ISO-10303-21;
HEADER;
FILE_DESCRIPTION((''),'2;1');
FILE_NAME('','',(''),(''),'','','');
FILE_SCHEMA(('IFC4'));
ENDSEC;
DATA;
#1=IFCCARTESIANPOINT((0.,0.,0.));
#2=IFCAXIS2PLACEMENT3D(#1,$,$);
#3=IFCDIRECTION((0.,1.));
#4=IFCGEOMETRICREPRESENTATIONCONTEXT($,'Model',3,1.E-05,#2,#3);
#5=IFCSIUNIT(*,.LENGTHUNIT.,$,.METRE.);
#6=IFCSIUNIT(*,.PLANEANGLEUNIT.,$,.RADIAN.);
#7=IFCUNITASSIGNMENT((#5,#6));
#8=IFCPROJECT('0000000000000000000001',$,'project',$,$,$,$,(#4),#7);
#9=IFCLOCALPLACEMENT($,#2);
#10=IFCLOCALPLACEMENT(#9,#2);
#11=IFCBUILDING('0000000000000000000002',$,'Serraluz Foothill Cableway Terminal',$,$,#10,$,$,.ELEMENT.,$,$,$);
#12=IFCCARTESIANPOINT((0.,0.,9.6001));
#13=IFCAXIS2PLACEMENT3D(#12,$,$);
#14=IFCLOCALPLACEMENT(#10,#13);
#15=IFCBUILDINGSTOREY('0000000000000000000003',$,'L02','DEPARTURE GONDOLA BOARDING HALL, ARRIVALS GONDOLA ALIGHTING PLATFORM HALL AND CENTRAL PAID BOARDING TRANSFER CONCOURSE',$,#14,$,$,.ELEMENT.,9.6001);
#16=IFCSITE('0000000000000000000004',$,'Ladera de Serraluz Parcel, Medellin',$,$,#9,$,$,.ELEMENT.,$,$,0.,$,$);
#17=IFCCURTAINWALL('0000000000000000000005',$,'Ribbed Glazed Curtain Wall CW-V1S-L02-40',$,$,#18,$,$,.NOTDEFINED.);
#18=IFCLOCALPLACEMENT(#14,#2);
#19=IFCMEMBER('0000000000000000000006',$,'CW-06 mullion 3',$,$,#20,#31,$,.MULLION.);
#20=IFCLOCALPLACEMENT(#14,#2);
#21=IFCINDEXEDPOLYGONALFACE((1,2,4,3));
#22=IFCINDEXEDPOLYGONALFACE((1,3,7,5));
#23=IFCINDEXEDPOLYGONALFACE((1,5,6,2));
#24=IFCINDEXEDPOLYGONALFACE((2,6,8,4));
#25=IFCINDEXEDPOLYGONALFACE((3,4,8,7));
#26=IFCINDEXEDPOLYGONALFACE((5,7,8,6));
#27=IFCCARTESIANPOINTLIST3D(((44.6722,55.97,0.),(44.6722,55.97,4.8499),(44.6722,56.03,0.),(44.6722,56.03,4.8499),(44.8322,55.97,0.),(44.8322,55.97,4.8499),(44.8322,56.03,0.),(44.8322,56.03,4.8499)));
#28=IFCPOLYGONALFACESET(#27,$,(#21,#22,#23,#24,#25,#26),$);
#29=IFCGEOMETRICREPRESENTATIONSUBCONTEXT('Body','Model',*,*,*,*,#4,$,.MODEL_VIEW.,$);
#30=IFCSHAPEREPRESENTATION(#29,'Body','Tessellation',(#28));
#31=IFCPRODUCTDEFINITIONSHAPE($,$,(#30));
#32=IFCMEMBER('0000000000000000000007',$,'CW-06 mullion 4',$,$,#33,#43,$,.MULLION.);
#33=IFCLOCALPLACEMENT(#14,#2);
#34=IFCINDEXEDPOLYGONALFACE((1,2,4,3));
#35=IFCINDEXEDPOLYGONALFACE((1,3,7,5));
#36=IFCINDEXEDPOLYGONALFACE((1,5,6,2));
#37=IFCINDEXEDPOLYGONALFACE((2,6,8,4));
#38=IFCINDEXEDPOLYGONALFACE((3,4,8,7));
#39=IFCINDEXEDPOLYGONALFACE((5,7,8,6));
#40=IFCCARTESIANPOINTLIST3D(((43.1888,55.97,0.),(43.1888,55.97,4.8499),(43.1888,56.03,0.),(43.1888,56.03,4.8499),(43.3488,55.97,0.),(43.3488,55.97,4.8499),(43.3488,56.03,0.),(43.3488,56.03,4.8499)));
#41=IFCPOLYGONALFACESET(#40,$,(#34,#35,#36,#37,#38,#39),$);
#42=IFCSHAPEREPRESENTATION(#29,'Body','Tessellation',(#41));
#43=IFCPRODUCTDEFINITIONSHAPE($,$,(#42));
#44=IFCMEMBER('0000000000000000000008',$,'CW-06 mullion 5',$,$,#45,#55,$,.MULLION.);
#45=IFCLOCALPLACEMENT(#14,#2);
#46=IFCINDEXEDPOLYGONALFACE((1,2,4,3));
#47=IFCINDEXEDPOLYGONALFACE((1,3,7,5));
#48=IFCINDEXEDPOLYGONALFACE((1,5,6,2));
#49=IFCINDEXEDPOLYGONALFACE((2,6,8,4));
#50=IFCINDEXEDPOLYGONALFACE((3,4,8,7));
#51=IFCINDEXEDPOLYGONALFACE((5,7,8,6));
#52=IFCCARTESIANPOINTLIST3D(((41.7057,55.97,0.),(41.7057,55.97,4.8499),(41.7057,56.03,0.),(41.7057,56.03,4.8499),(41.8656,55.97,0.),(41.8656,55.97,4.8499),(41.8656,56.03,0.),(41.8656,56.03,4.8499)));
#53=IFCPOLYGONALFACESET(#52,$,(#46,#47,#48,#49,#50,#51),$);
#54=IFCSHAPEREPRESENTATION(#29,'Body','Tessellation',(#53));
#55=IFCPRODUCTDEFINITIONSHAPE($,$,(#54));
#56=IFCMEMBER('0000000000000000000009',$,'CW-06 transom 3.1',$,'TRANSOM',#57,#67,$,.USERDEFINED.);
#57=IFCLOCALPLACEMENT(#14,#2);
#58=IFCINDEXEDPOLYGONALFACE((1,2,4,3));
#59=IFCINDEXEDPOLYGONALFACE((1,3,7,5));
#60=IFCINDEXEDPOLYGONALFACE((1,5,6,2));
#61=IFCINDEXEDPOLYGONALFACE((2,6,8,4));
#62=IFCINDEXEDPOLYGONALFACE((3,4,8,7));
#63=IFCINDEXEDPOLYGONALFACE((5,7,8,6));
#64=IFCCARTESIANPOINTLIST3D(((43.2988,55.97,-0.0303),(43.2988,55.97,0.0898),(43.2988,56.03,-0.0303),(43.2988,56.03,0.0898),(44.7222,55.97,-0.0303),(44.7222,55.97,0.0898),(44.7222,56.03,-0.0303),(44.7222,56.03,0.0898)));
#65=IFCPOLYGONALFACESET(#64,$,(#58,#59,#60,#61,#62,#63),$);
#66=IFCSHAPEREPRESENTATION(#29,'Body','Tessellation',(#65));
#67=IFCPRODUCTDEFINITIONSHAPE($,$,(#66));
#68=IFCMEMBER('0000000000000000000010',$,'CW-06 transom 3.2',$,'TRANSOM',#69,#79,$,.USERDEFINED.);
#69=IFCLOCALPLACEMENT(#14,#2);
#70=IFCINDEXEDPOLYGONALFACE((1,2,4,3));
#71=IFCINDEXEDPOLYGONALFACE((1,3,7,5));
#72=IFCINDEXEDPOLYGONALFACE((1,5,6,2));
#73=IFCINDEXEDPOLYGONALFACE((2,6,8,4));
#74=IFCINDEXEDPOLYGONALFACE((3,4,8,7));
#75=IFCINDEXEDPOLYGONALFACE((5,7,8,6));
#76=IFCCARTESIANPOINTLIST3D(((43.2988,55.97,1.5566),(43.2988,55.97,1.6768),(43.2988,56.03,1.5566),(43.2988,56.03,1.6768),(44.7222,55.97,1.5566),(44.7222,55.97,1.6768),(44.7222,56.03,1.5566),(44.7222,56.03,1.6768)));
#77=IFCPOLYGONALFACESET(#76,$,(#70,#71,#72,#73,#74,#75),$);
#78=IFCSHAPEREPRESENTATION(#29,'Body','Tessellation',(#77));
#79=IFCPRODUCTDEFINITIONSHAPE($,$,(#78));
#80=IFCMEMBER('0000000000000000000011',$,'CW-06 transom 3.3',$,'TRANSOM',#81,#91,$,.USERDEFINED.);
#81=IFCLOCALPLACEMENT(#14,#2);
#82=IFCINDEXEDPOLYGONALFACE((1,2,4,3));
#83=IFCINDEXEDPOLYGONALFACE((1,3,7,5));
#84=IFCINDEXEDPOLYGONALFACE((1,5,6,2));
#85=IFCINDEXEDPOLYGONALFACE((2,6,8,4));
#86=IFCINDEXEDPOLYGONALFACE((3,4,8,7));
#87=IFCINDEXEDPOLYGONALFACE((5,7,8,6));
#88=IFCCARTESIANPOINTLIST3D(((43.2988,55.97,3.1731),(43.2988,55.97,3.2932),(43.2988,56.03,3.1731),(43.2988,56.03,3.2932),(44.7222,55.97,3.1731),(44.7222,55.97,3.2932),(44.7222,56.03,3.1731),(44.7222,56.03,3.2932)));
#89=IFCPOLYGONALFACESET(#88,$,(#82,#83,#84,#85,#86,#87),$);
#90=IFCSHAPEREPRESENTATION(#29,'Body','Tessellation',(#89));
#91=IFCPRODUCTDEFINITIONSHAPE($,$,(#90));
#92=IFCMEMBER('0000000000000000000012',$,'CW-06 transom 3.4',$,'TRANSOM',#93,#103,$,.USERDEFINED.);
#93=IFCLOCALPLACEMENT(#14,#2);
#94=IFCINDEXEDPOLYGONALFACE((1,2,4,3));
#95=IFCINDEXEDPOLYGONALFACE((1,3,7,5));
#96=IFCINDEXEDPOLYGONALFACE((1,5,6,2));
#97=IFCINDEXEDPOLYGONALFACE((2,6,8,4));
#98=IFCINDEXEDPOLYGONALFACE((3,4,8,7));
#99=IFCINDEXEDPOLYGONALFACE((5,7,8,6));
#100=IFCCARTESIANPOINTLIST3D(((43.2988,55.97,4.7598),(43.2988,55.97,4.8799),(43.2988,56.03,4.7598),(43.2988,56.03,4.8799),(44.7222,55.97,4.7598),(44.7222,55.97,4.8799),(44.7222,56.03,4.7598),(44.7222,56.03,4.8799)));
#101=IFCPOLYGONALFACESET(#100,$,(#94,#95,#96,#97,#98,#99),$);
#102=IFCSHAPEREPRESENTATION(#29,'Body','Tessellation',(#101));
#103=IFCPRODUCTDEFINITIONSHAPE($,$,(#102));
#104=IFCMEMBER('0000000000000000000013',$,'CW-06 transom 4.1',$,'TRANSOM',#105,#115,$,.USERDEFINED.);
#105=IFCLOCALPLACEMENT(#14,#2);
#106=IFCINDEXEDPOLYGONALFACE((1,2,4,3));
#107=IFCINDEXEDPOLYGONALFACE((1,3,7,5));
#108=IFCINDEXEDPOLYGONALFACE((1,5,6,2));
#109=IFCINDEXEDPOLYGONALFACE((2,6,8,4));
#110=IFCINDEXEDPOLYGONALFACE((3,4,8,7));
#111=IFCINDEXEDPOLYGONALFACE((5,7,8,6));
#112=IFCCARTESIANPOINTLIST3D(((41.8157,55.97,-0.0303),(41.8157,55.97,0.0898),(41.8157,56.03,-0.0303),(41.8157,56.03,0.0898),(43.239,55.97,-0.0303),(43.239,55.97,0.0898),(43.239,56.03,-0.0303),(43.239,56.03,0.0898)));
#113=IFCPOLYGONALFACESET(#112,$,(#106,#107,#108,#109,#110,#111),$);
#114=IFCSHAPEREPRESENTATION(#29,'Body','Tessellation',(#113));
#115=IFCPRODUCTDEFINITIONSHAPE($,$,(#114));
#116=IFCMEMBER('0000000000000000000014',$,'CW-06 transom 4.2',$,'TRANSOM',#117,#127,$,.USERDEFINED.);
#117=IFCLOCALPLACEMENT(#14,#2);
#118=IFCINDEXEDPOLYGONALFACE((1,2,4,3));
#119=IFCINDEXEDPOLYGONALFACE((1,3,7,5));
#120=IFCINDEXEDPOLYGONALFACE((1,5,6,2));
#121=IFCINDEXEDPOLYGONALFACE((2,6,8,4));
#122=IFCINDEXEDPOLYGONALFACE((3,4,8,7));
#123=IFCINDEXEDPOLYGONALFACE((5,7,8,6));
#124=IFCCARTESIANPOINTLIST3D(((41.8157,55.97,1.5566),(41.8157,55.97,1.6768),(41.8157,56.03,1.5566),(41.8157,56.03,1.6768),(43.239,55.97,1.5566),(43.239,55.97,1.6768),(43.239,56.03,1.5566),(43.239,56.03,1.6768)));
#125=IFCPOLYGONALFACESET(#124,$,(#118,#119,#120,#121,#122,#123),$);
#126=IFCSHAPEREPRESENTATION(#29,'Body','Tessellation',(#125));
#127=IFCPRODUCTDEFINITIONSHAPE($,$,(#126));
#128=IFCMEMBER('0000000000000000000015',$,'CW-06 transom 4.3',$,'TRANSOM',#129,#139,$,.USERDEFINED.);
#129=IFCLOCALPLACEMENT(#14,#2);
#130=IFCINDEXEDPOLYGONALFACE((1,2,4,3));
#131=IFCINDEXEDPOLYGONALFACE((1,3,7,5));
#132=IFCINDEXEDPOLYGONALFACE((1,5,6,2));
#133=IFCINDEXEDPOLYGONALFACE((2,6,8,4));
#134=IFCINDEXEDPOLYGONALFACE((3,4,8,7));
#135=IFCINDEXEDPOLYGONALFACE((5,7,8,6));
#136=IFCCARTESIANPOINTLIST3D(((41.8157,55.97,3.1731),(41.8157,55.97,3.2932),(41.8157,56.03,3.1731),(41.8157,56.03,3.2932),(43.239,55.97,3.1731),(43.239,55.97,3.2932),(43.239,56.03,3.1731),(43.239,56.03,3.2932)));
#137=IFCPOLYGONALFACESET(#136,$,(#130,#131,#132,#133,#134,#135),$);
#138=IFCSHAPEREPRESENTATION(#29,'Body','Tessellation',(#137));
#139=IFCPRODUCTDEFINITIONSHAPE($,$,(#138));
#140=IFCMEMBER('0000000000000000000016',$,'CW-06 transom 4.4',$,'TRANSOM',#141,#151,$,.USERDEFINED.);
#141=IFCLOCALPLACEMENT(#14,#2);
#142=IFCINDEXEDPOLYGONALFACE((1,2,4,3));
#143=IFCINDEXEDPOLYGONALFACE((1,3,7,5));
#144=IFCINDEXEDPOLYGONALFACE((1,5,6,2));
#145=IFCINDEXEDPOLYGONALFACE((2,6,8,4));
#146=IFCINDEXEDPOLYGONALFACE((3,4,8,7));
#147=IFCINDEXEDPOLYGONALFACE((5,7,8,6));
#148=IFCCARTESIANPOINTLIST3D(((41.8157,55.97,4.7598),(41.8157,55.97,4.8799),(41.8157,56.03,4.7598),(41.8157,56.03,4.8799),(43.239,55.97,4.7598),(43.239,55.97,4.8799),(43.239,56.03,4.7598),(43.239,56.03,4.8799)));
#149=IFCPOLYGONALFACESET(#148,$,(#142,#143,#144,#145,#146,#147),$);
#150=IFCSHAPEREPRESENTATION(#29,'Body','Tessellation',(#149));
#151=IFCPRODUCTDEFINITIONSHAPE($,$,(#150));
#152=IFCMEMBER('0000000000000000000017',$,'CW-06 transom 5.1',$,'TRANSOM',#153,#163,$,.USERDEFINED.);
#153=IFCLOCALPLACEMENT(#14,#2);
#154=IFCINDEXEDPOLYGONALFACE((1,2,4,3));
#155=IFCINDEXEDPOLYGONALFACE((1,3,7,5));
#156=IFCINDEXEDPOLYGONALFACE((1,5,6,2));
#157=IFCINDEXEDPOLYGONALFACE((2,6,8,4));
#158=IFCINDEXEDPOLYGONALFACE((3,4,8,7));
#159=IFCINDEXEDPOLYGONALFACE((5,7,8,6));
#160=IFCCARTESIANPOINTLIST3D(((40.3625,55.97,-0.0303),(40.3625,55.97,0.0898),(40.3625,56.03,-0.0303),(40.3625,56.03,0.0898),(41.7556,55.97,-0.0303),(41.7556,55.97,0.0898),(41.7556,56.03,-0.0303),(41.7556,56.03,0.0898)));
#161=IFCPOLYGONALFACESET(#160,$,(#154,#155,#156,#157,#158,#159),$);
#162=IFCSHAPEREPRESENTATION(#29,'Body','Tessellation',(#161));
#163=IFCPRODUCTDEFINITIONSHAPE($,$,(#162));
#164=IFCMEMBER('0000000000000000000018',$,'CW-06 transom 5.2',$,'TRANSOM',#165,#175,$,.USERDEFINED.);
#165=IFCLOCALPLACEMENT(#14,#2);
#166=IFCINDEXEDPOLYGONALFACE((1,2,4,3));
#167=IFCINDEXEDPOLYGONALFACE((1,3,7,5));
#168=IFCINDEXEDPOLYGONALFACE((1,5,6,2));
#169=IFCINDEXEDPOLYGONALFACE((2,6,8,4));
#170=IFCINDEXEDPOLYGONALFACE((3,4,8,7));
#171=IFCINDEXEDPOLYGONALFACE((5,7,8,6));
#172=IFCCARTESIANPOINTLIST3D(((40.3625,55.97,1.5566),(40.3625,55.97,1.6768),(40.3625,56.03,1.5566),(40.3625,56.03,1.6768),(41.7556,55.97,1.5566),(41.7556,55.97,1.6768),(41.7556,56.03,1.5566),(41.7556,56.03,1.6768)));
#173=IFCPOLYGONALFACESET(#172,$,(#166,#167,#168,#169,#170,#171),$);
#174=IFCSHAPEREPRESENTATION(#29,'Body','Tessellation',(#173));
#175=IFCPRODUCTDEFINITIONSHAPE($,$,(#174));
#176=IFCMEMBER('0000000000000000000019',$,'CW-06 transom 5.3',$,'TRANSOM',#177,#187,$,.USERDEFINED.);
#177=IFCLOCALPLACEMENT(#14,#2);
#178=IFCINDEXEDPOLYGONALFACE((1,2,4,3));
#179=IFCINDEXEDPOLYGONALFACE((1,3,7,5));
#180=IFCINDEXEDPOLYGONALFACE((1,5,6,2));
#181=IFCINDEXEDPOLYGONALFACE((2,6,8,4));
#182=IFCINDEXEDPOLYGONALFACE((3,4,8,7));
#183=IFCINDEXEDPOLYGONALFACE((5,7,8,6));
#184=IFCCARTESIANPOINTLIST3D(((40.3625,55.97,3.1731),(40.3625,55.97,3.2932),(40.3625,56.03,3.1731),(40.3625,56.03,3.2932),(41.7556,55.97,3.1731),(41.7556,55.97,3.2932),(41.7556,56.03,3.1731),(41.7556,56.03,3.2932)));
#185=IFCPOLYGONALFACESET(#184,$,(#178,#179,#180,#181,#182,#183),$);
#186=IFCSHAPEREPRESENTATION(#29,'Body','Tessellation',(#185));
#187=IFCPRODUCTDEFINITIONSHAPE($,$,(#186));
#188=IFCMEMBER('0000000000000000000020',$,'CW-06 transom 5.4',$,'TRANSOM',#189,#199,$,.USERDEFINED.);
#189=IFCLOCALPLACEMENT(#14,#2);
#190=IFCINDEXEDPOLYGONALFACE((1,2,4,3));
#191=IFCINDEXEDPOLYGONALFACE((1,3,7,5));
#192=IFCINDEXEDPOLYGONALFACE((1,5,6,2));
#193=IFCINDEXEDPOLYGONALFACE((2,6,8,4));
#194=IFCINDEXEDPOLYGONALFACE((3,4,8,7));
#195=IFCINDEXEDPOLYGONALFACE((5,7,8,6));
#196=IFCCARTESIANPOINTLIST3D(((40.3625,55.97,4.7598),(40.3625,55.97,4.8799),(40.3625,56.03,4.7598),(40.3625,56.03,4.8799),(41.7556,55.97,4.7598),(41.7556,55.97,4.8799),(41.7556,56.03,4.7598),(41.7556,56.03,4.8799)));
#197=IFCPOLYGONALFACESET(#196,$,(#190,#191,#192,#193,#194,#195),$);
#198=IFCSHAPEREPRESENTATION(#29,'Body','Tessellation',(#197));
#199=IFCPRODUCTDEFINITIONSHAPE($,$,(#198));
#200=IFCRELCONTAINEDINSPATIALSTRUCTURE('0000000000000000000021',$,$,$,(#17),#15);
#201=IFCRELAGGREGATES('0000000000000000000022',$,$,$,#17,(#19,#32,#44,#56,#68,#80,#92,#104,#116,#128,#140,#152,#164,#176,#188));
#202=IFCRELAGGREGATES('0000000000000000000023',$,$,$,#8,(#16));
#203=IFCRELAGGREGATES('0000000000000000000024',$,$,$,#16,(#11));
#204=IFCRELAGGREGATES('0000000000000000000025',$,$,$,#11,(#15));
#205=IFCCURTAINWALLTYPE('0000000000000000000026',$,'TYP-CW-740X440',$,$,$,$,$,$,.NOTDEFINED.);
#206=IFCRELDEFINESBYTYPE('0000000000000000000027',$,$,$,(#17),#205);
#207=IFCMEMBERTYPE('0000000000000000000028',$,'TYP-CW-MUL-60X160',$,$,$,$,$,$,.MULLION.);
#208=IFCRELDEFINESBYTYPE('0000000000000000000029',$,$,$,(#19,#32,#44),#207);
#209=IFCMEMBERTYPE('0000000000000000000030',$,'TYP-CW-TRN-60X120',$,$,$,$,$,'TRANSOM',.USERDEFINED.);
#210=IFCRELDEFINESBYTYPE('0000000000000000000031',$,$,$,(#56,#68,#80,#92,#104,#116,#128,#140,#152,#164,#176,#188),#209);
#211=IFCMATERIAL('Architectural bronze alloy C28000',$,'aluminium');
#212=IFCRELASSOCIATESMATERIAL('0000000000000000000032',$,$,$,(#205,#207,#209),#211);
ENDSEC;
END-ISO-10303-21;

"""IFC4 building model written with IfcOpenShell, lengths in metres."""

from ifc_helpers import new_model, si_unit, direction, frame, origin, origin_2d, place, context, subcontext, project, spatial, rectangle, extrude, material, material_profile, profile_set, type_object, element, aggregate, save


model = new_model("IFC4")

# Units and contexts
model_context = context("Model", 3, precision=1e-05, world=origin(), true_north=direction((0.0, 1.0)))
body_context = subcontext(model_context, "Body", "Model", "MODEL_VIEW")
ifc_project = project(units=[si_unit("LENGTHUNIT", "METRE"), si_unit("PLANEANGLEUNIT", "RADIAN")], contexts=[model_context])

# Site, building, storey
site_placement = place(None, origin())
site = spatial("IfcSite", under=ifc_project, at=site_placement, Name="Ladera de Serraluz Parcel, Medellin", CompositionType="ELEMENT", RefElevation=0.0)
building_placement = place(site_placement, origin())
building = spatial("IfcBuilding", under=site, at=building_placement, Name="Serraluz Foothill Cableway Terminal", CompositionType="ELEMENT")
storey_placement = place(building_placement, frame((0.0, 0.0, 9.6001)))
storey = spatial("IfcBuildingStorey", under=building, at=storey_placement, Name="L02", Description="DEPARTURE GONDOLA BOARDING HALL, ARRIVALS GONDOLA ALIGHTING PLATFORM HALL AND CENTRAL PAID BOARDING TRANSFER CONCOURSE", CompositionType="ELEMENT", Elevation=9.6001)

# Curtain wall, members
ifc_material_1 = material(Name="Architectural bronze alloy C28000", Category="aluminium")
curtain_wall_type = type_object("IfcCurtainWallType", Name="TYP-CW-740X440", PredefinedType="NOTDEFINED", material=ifc_material_1)
curtain_wall_placement = place(storey_placement, origin())
curtain_wall = element("IfcCurtainWall", 1, at=curtain_wall_placement, inside=storey, type_object=curtain_wall_type, Name="Ribbed Glazed Curtain Wall CW-V1S-L02-40", PredefinedType="NOTDEFINED")
ifc_material_profile_1 = material_profile(ifc_material_1, rectangle(XDim=0.0601, YDim=0.1599, at=origin_2d()), Name="ALU MULLION 60x160")
ifc_profile_set_1 = profile_set([ifc_material_profile_1], Name="Architectural bronze alloy C28000")
member_type_1 = type_object("IfcMemberType", Name="TYP-CW-MUL-60X160", PredefinedType="MULLION", material=ifc_profile_set_1)
member_1_placement = place(storey_placement, frame((44.7522, 56.0, 0.0), z_axis=(0.0, 0.0, 1.0), x_axis=(0.0, -1.0, 0.0)))
member_1 = element("IfcMember", 2, at=member_1_placement, type_object=member_type_1, Name="CW-06 mullion 3", PredefinedType="MULLION", context=body_context, shape_type="SweptSolid", body=[
    extrude(rectangle(XDim=0.0601, YDim=0.1599, at=origin_2d()), origin(), (0.0, 0.0, 1.0), 4.8499),
])
member_2_placement = place(storey_placement, frame((43.2688, 56.0, 0.0), z_axis=(0.0, 0.0, 1.0), x_axis=(0.0, -1.0, 0.0)))
member_2 = element("IfcMember", 3, at=member_2_placement, type_object=member_type_1, Name="CW-06 mullion 4", PredefinedType="MULLION", context=body_context, shape_type="SweptSolid", body=[
    extrude(rectangle(XDim=0.0601, YDim=0.1599, at=origin_2d()), origin(), (0.0, 0.0, 1.0), 4.8499),
])
member_3_placement = place(storey_placement, frame((41.7856, 56.0, 0.0), z_axis=(0.0, 0.0, 1.0), x_axis=(0.0, -1.0, 0.0)))
member_3 = element("IfcMember", 4, at=member_3_placement, type_object=member_type_1, Name="CW-06 mullion 5", PredefinedType="MULLION", context=body_context, shape_type="SweptSolid", body=[
    extrude(rectangle(XDim=0.0601, YDim=0.1599, at=origin_2d()), origin(), (0.0, 0.0, 1.0), 4.8499),
])
ifc_material_profile_2 = material_profile(ifc_material_1, rectangle(XDim=0.0601, YDim=0.1201, at=origin_2d()), Name="ALU TRANSOM 60x120")
ifc_profile_set_2 = profile_set([ifc_material_profile_2], Name="Architectural bronze alloy C28000")
member_type_2 = type_object("IfcMemberType", Name="TYP-CW-TRN-60X120", ElementType="TRANSOM", PredefinedType="USERDEFINED", material=ifc_profile_set_2)
member_4_placement = place(storey_placement, frame((44.7222, 56.0, 0.0298), z_axis=(-1.0, 0.0, 0.0), x_axis=(0.0, -1.0, 0.0)))
member_4 = element("IfcMember", 5, at=member_4_placement, type_object=member_type_2, Name="CW-06 transom 3.1", ObjectType="TRANSOM", PredefinedType="USERDEFINED", context=body_context, shape_type="SweptSolid", body=[
    extrude(rectangle(XDim=0.0601, YDim=0.1201, at=origin_2d()), origin(), (0.0, 0.0, 1.0), 1.4233),
])
member_5_placement = place(storey_placement, frame((44.7222, 56.0, 1.6167), z_axis=(-1.0, 0.0, 0.0), x_axis=(0.0, -1.0, 0.0)))
member_5 = element("IfcMember", 6, at=member_5_placement, type_object=member_type_2, Name="CW-06 transom 3.2", ObjectType="TRANSOM", PredefinedType="USERDEFINED", context=body_context, shape_type="SweptSolid", body=[
    extrude(rectangle(XDim=0.0601, YDim=0.1201, at=origin_2d()), origin(), (0.0, 0.0, 1.0), 1.4233),
])
member_6_placement = place(storey_placement, frame((44.7222, 56.0, 3.2332), z_axis=(-1.0, 0.0, 0.0), x_axis=(0.0, -1.0, 0.0)))
member_6 = element("IfcMember", 7, at=member_6_placement, type_object=member_type_2, Name="CW-06 transom 3.3", ObjectType="TRANSOM", PredefinedType="USERDEFINED", context=body_context, shape_type="SweptSolid", body=[
    extrude(rectangle(XDim=0.0601, YDim=0.1201, at=origin_2d()), origin(), (0.0, 0.0, 1.0), 1.4233),
])
member_7_placement = place(storey_placement, frame((44.7222, 56.0, 4.8198), z_axis=(-1.0, 0.0, 0.0), x_axis=(0.0, -1.0, 0.0)))
member_7 = element("IfcMember", 8, at=member_7_placement, type_object=member_type_2, Name="CW-06 transom 3.4", ObjectType="TRANSOM", PredefinedType="USERDEFINED", context=body_context, shape_type="SweptSolid", body=[
    extrude(rectangle(XDim=0.0601, YDim=0.1201, at=origin_2d()), origin(), (0.0, 0.0, 1.0), 1.4233),
])
member_8_placement = place(storey_placement, frame((43.239, 56.0, 0.0298), z_axis=(-1.0, 0.0, 0.0), x_axis=(0.0, -1.0, 0.0)))
member_8 = element("IfcMember", 9, at=member_8_placement, type_object=member_type_2, Name="CW-06 transom 4.1", ObjectType="TRANSOM", PredefinedType="USERDEFINED", context=body_context, shape_type="SweptSolid", body=[
    extrude(rectangle(XDim=0.0601, YDim=0.1201, at=origin_2d()), origin(), (0.0, 0.0, 1.0), 1.4233),
])
member_9_placement = place(storey_placement, frame((43.239, 56.0, 1.6167), z_axis=(-1.0, 0.0, 0.0), x_axis=(0.0, -1.0, 0.0)))
member_9 = element("IfcMember", 10, at=member_9_placement, type_object=member_type_2, Name="CW-06 transom 4.2", ObjectType="TRANSOM", PredefinedType="USERDEFINED", context=body_context, shape_type="SweptSolid", body=[
    extrude(rectangle(XDim=0.0601, YDim=0.1201, at=origin_2d()), origin(), (0.0, 0.0, 1.0), 1.4233),
])
member_10_placement = place(storey_placement, frame((43.239, 56.0, 3.2332), z_axis=(-1.0, 0.0, 0.0), x_axis=(0.0, -1.0, 0.0)))
member_10 = element("IfcMember", 11, at=member_10_placement, type_object=member_type_2, Name="CW-06 transom 4.3", ObjectType="TRANSOM", PredefinedType="USERDEFINED", context=body_context, shape_type="SweptSolid", body=[
    extrude(rectangle(XDim=0.0601, YDim=0.1201, at=origin_2d()), origin(), (0.0, 0.0, 1.0), 1.4233),
])
member_11_placement = place(storey_placement, frame((43.239, 56.0, 4.8198), z_axis=(-1.0, 0.0, 0.0), x_axis=(0.0, -1.0, 0.0)))
member_11 = element("IfcMember", 12, at=member_11_placement, type_object=member_type_2, Name="CW-06 transom 4.4", ObjectType="TRANSOM", PredefinedType="USERDEFINED", context=body_context, shape_type="SweptSolid", body=[
    extrude(rectangle(XDim=0.0601, YDim=0.1201, at=origin_2d()), origin(), (0.0, 0.0, 1.0), 1.4233),
])
member_12_placement = place(storey_placement, frame((41.7556, 56.0, 0.0298), z_axis=(-1.0, 0.0, 0.0), x_axis=(0.0, -1.0, 0.0)))
member_12 = element("IfcMember", 13, at=member_12_placement, type_object=member_type_2, Name="CW-06 transom 5.1", ObjectType="TRANSOM", PredefinedType="USERDEFINED", context=body_context, shape_type="SweptSolid", body=[
    extrude(rectangle(XDim=0.0601, YDim=0.1201, at=origin_2d()), origin(), (0.0, 0.0, 1.0), 1.3931),
])
member_13_placement = place(storey_placement, frame((41.7556, 56.0, 1.6167), z_axis=(-1.0, 0.0, 0.0), x_axis=(0.0, -1.0, 0.0)))
member_13 = element("IfcMember", 14, at=member_13_placement, type_object=member_type_2, Name="CW-06 transom 5.2", ObjectType="TRANSOM", PredefinedType="USERDEFINED", context=body_context, shape_type="SweptSolid", body=[
    extrude(rectangle(XDim=0.0601, YDim=0.1201, at=origin_2d()), origin(), (0.0, 0.0, 1.0), 1.3931),
])
member_14_placement = place(storey_placement, frame((41.7556, 56.0, 3.2332), z_axis=(-1.0, 0.0, 0.0), x_axis=(0.0, -1.0, 0.0)))
member_14 = element("IfcMember", 15, at=member_14_placement, type_object=member_type_2, Name="CW-06 transom 5.3", ObjectType="TRANSOM", PredefinedType="USERDEFINED", context=body_context, shape_type="SweptSolid", body=[
    extrude(rectangle(XDim=0.0601, YDim=0.1201, at=origin_2d()), origin(), (0.0, 0.0, 1.0), 1.3931),
])
member_15_placement = place(storey_placement, frame((41.7556, 56.0, 4.8198), z_axis=(-1.0, 0.0, 0.0), x_axis=(0.0, -1.0, 0.0)))
member_15 = element("IfcMember", 16, at=member_15_placement, type_object=member_type_2, Name="CW-06 transom 5.4", ObjectType="TRANSOM", PredefinedType="USERDEFINED", context=body_context, shape_type="SweptSolid", body=[
    extrude(rectangle(XDim=0.0601, YDim=0.1201, at=origin_2d()), origin(), (0.0, 0.0, 1.0), 1.3931),
])
aggregate(curtain_wall, [member_1, member_2, member_3, member_4, member_5, member_6, member_7, member_8, member_9, member_10, member_11, member_12, member_13, member_14, member_15])

save(model, "model.ifc")
